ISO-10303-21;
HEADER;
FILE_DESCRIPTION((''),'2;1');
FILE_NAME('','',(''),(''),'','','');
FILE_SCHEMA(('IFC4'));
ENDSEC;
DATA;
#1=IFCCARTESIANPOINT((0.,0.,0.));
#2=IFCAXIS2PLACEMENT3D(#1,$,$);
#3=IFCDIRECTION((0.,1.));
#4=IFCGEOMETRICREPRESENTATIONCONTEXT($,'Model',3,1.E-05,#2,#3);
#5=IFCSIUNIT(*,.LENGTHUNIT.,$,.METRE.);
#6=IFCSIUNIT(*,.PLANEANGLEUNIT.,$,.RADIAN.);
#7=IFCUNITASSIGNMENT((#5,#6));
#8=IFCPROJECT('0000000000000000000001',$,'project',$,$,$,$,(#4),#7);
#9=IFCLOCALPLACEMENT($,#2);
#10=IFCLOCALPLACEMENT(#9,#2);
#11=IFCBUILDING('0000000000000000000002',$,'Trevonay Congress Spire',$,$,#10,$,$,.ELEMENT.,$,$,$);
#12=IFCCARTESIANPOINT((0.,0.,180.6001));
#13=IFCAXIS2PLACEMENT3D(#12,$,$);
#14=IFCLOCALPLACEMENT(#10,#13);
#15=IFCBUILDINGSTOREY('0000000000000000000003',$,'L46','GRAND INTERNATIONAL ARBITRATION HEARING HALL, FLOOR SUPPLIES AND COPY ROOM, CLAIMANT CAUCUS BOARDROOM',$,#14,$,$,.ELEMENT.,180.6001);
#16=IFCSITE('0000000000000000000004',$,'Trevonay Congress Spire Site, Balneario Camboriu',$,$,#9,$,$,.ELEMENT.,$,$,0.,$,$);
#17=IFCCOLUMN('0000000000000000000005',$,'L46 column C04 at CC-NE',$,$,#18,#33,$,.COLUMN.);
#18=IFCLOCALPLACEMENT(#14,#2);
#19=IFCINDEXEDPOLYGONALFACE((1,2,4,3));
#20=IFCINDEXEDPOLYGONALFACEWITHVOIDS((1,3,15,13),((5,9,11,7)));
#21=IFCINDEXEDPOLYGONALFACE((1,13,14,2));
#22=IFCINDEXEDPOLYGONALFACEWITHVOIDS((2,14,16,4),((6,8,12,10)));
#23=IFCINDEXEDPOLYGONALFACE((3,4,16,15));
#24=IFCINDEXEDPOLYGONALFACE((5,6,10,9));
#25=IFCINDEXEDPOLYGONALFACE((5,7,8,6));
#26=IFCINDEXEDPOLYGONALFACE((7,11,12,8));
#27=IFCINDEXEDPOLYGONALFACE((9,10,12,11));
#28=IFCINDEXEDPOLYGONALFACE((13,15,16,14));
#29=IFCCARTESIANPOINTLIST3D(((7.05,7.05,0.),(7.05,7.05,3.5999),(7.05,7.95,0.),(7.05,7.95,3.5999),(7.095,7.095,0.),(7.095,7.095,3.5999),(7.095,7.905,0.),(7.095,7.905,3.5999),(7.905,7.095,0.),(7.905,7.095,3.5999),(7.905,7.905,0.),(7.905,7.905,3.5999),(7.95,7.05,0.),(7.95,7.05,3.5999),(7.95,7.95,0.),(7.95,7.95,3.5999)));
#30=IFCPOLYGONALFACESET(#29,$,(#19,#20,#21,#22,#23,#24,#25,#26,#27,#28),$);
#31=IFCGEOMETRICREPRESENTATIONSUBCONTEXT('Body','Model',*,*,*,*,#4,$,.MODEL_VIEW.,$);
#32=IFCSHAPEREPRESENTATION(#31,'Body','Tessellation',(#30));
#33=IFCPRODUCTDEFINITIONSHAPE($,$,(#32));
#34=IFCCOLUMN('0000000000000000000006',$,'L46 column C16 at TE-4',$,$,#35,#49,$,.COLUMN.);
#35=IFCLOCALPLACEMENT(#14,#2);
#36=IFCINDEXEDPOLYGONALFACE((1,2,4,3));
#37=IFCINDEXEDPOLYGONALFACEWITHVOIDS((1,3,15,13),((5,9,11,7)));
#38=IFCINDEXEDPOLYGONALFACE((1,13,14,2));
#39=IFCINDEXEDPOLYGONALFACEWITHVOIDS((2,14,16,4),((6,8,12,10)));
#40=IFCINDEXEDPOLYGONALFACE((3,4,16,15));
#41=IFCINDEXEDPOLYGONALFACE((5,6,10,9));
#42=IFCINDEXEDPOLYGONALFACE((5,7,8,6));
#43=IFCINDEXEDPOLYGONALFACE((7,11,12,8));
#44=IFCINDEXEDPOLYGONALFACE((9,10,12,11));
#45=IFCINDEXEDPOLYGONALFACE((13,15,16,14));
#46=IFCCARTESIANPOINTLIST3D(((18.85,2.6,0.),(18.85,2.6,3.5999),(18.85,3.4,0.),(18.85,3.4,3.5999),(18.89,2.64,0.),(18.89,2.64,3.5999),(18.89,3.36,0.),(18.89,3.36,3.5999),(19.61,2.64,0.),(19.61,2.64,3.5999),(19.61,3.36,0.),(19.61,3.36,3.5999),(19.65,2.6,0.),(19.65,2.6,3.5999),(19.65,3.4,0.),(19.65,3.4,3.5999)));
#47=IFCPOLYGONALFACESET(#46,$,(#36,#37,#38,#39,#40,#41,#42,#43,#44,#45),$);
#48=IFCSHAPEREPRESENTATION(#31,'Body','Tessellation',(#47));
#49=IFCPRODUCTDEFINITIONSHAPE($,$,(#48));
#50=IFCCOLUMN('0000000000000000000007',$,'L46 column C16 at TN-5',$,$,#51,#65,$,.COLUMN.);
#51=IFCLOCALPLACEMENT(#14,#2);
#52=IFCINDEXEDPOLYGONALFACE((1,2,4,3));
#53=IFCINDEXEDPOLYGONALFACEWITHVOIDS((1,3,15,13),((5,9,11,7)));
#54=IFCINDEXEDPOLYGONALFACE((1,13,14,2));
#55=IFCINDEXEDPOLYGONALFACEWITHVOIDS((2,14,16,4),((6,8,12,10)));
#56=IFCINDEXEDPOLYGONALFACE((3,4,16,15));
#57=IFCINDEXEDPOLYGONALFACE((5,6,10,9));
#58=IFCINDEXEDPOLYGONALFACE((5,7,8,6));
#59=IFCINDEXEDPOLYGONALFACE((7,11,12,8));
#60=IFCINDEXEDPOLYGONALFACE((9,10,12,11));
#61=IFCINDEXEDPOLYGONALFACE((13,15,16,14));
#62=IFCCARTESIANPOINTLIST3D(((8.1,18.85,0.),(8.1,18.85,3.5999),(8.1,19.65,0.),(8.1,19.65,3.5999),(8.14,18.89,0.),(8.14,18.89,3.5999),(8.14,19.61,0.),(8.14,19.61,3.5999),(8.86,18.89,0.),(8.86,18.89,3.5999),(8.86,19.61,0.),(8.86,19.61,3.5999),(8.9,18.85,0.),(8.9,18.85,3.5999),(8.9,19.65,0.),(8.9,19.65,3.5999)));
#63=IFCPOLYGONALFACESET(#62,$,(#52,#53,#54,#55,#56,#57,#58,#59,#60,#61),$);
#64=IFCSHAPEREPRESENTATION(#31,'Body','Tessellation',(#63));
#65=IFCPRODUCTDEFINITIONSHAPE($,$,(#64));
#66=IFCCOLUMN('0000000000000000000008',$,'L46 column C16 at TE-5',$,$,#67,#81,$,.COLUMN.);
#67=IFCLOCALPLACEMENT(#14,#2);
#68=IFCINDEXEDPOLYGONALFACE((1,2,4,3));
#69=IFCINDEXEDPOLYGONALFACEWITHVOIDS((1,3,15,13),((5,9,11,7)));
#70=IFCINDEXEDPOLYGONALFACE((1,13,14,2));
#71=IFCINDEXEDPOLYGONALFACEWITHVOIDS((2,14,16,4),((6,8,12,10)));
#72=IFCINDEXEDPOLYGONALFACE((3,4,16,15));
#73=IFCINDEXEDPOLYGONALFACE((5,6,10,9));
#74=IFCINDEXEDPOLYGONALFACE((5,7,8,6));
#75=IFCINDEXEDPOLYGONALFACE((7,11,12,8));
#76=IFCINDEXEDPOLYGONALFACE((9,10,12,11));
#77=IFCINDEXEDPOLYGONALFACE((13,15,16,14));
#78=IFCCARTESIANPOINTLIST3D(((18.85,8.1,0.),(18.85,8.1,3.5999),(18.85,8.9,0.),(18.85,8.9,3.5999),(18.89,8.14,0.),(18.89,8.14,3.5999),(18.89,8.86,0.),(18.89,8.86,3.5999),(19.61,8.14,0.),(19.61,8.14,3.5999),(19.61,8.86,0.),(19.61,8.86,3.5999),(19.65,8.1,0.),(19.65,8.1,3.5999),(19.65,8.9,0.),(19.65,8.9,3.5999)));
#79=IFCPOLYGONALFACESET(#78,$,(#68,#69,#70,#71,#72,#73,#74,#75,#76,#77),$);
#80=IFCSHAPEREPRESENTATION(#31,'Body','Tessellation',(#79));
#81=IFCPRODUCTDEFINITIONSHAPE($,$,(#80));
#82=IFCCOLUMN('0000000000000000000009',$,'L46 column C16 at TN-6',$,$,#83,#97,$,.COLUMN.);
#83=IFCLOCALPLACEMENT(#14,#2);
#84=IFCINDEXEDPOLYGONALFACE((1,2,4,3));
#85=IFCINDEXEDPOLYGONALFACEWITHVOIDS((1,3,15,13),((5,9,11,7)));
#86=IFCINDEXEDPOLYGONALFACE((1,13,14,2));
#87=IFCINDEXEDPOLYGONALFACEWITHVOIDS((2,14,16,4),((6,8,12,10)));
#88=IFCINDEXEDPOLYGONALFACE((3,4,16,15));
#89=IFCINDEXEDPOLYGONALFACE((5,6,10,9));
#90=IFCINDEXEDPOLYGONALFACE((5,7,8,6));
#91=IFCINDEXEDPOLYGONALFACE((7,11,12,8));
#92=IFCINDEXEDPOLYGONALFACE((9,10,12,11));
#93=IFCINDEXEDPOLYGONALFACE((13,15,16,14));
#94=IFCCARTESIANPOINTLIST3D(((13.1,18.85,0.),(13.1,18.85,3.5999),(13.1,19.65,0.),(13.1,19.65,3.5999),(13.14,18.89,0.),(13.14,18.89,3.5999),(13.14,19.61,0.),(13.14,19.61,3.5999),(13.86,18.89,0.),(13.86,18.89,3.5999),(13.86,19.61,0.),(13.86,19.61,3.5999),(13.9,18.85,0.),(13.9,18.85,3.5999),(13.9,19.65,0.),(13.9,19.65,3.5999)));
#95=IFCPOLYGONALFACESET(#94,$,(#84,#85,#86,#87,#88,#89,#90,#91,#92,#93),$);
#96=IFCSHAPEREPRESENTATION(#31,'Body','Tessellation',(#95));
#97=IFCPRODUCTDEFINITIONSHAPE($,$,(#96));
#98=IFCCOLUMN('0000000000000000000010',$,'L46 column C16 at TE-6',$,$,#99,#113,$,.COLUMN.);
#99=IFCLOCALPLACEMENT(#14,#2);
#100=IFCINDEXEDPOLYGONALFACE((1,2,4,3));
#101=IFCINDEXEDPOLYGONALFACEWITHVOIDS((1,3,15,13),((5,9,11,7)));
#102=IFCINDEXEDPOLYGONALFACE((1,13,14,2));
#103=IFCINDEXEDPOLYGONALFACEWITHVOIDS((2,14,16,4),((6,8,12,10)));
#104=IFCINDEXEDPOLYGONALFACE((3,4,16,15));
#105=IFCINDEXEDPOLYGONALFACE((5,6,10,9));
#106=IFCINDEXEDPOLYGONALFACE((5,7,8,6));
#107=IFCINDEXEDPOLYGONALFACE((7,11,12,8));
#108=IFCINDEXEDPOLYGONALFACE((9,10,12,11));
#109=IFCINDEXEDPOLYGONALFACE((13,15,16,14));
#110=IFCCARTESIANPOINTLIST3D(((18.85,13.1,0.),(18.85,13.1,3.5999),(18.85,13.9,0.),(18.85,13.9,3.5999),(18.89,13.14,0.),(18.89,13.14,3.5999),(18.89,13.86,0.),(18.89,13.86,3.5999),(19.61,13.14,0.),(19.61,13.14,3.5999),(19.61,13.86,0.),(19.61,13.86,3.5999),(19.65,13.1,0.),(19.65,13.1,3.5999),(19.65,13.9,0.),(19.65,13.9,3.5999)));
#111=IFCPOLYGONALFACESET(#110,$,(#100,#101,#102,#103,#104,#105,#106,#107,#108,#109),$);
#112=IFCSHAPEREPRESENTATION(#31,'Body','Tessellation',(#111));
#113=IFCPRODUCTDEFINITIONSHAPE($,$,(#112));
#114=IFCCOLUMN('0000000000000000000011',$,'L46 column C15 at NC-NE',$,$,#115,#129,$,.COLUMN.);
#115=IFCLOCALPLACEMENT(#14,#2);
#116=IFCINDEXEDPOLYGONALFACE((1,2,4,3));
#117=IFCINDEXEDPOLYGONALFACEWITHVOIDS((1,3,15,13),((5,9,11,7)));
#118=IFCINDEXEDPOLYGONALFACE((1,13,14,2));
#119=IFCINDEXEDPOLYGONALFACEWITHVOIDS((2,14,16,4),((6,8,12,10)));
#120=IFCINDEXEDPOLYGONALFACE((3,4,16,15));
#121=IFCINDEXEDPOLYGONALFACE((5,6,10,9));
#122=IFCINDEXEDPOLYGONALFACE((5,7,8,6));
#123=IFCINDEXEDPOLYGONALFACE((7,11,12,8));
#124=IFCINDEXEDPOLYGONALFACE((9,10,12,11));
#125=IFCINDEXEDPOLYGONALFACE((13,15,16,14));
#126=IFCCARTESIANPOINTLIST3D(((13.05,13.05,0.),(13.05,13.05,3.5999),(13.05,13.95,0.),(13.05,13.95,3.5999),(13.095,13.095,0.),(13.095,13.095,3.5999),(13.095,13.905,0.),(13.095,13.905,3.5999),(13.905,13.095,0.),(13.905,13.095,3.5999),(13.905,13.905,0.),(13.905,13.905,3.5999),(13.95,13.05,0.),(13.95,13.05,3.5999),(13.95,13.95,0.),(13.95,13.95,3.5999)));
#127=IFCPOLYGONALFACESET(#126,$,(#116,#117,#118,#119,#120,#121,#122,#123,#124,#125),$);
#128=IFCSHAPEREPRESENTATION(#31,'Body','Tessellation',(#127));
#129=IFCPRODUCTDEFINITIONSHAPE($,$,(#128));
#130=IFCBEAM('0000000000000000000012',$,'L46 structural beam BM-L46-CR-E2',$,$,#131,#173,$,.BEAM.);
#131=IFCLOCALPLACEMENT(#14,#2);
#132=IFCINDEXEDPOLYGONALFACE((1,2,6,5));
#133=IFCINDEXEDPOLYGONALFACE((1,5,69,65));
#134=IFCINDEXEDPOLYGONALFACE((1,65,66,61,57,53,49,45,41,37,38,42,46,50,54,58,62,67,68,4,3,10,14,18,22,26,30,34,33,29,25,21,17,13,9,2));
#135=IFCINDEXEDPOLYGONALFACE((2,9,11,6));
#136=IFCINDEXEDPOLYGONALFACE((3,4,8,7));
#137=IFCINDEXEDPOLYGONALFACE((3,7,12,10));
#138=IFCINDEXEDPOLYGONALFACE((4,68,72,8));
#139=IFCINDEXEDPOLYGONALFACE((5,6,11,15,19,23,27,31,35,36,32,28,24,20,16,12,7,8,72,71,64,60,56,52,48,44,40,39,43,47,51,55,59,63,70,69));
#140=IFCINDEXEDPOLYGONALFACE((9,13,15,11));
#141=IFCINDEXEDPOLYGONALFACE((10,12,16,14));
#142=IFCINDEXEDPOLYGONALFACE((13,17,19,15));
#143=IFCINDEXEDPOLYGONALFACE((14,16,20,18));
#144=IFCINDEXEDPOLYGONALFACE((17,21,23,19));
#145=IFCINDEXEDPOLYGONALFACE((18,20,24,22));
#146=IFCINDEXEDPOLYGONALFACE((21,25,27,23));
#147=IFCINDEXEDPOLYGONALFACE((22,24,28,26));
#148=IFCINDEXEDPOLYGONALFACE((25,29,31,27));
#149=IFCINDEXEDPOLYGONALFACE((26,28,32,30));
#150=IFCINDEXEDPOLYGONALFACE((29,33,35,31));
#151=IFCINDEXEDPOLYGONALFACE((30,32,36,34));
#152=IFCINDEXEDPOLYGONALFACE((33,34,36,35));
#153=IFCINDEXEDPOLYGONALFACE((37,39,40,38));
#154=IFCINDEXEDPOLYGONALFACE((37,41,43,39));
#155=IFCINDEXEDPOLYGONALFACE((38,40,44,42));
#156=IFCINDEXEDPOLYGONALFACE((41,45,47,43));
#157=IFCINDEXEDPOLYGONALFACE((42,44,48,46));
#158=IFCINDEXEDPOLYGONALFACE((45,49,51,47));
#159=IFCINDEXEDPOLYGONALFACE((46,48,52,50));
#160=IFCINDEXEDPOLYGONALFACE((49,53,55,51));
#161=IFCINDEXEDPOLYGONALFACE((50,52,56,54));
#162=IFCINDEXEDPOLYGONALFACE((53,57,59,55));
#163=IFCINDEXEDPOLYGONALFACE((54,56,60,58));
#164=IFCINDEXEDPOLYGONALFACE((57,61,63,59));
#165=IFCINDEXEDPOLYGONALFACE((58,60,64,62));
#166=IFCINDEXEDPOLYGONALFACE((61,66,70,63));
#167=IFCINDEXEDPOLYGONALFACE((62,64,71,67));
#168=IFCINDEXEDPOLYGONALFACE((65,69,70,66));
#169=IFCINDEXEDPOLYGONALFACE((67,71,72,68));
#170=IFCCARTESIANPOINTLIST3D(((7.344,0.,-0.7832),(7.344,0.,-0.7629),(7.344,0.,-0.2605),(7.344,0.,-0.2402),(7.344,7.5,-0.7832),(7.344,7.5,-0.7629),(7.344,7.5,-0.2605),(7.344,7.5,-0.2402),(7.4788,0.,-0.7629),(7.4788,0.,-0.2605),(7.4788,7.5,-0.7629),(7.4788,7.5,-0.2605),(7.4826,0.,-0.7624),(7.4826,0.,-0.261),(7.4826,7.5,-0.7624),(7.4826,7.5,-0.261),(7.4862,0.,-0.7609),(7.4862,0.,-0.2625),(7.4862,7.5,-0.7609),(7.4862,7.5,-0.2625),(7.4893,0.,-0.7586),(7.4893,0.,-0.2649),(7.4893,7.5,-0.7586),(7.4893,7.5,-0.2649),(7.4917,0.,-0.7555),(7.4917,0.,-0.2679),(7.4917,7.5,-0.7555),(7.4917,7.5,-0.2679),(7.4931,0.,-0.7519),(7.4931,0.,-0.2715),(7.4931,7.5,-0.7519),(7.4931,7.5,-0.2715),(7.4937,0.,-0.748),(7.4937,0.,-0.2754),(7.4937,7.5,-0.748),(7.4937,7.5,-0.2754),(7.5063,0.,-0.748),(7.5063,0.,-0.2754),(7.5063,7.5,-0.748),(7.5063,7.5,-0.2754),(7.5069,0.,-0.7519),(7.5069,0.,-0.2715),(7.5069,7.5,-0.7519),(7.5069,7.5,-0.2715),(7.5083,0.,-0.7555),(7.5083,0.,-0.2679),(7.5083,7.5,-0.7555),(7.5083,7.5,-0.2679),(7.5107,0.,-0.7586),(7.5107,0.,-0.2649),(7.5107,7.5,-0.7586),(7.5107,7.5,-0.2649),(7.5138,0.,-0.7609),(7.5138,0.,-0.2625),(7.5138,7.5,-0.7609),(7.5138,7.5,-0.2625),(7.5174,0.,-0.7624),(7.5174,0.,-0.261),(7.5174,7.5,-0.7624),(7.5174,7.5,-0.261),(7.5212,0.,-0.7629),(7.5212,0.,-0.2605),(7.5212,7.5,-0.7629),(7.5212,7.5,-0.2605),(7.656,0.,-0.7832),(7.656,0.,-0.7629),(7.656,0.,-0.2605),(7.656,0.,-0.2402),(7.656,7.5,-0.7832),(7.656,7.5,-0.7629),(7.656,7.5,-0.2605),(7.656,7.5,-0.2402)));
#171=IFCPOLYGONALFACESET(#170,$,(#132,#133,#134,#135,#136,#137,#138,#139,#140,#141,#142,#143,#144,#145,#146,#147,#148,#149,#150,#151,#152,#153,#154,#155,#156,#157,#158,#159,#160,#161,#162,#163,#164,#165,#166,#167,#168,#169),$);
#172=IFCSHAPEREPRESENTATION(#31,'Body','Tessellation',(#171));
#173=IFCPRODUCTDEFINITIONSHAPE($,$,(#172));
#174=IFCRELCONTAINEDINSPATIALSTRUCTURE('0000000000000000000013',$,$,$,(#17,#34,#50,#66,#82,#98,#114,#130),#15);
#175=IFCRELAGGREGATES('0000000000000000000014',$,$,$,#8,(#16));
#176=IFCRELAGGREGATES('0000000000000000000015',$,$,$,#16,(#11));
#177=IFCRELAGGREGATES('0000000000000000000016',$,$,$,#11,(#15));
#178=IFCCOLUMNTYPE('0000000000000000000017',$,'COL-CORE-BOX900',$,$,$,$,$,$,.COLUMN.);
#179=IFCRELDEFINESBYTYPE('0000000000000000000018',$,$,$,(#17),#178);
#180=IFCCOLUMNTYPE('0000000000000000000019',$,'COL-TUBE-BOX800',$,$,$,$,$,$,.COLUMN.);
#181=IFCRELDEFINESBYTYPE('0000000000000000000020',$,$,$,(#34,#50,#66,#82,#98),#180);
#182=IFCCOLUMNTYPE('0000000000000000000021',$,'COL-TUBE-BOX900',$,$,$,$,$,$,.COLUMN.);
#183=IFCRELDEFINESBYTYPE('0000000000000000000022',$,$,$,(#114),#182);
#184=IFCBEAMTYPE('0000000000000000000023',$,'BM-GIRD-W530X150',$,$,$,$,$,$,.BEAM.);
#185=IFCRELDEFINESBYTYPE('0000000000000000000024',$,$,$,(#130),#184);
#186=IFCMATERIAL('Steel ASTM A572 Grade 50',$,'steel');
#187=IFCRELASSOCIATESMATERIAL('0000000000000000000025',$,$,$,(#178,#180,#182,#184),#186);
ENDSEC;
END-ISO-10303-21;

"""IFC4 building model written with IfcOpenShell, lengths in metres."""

from ifc_helpers import new_model, si_unit, direction, frame, origin, origin_2d, place, context, subcontext, project, spatial, hollow_rectangle, i_section, extrude, material, material_profile, profile_set, type_object, element, save


model = new_model("IFC4")

# Units and contexts
model_context = context("Model", 3, precision=1e-05, world=origin(), true_north=direction((0.0, 1.0)))
body_context = subcontext(model_context, "Body", "Model", "MODEL_VIEW")
ifc_project = project(units=[si_unit("LENGTHUNIT", "METRE"), si_unit("PLANEANGLEUNIT", "RADIAN")], contexts=[model_context])

# Site, building, storey
site_placement = place(None, origin())
site = spatial("IfcSite", under=ifc_project, at=site_placement, Name="Trevonay Congress Spire Site, Balneario Camboriu", CompositionType="ELEMENT", RefElevation=0.0)
building_placement = place(site_placement, origin())
building = spatial("IfcBuilding", under=site, at=building_placement, Name="Trevonay Congress Spire", CompositionType="ELEMENT")
storey_placement = place(building_placement, frame((0.0, 0.0, 180.6001)))
storey = spatial("IfcBuildingStorey", under=building, at=storey_placement, Name="L46", Description="GRAND INTERNATIONAL ARBITRATION HEARING HALL, FLOOR SUPPLIES AND COPY ROOM, CLAIMANT CAUCUS BOARDROOM", CompositionType="ELEMENT", Elevation=180.6001)

# Columns
ifc_material_1 = material(Name="Steel ASTM A572 Grade 50", Category="steel")
ifc_material_profile_1 = material_profile(ifc_material_1, hollow_rectangle(XDim=0.8999, YDim=0.8999, WallThickness=0.0449, at=origin_2d()), Name="BOX 900x900x45")
ifc_profile_set_1 = profile_set([ifc_material_profile_1], Name="Steel ASTM A572 Grade 50")
column_type_1 = type_object("IfcColumnType", Name="COL-CORE-BOX900", PredefinedType="COLUMN", material=ifc_profile_set_1)
column_1_placement = place(storey_placement, frame((7.5, 7.5, 0.0), z_axis=(0.0, 0.0, 1.0), x_axis=(1.0, 0.0, 0.0)))
element("IfcColumn", 1, at=column_1_placement, inside=storey, type_object=column_type_1, Name="L46 column C04 at CC-NE", PredefinedType="COLUMN", context=body_context, shape_type="SweptSolid", body=[
    extrude(hollow_rectangle(XDim=0.8999, YDim=0.8999, WallThickness=0.0449, at=origin_2d()), origin(), (0.0, 0.0, 1.0), 3.5999),
])
ifc_material_profile_2 = material_profile(ifc_material_1, hollow_rectangle(XDim=0.8, YDim=0.8, WallThickness=0.04, at=origin_2d()), Name="BOX 800x800x40")
ifc_profile_set_2 = profile_set([ifc_material_profile_2], Name="Steel ASTM A572 Grade 50")
column_type_2 = type_object("IfcColumnType", Name="COL-TUBE-BOX800", PredefinedType="COLUMN", material=ifc_profile_set_2)
for number, where, z_axis, x_axis, name in (
    (2, (19.25, 3.0, 0.0), (0.0, 0.0, 1.0), (1.0, 0.0, 0.0), "L46 column C16 at TE-4"),
    (3, (8.5, 19.25, 0.0), (0.0, 0.0, 1.0), (1.0, 0.0, 0.0), "L46 column C16 at TN-5"),
    (4, (19.25, 8.5, 0.0), (0.0, 0.0, 1.0), (1.0, 0.0, 0.0), "L46 column C16 at TE-5"),
    (5, (13.5, 19.25, 0.0), (0.0, 0.0, 1.0), (1.0, 0.0, 0.0), "L46 column C16 at TN-6"),
    (6, (19.25, 13.5, 0.0), (0.0, 0.0, 1.0), (1.0, 0.0, 0.0), "L46 column C16 at TE-6"),
):
    element("IfcColumn", number, at=place(storey_placement, frame(where, z_axis=z_axis, x_axis=x_axis)), inside=storey, type_object=column_type_2, Name=name, PredefinedType="COLUMN", context=body_context, shape_type="SweptSolid", body=[
        extrude(hollow_rectangle(XDim=0.8, YDim=0.8, WallThickness=0.04, at=origin_2d()), origin(), (0.0, 0.0, 1.0), 3.5999),
    ])
ifc_material_profile_3 = material_profile(ifc_material_1, hollow_rectangle(XDim=0.8999, YDim=0.8999, WallThickness=0.0449, at=origin_2d()), Name="BOX 900x900x45")
ifc_profile_set_3 = profile_set([ifc_material_profile_3], Name="Steel ASTM A572 Grade 50")
column_type_3 = type_object("IfcColumnType", Name="COL-TUBE-BOX900", PredefinedType="COLUMN", material=ifc_profile_set_3)
column_2_placement = place(storey_placement, frame((13.5, 13.5, 0.0), z_axis=(0.0, 0.0, 1.0), x_axis=(1.0, 0.0, 0.0)))
element("IfcColumn", 7, at=column_2_placement, inside=storey, type_object=column_type_3, Name="L46 column C15 at NC-NE", PredefinedType="COLUMN", context=body_context, shape_type="SweptSolid", body=[
    extrude(hollow_rectangle(XDim=0.8999, YDim=0.8999, WallThickness=0.0449, at=origin_2d()), origin(), (0.0, 0.0, 1.0), 3.5999),
])

# Beam
ifc_material_profile_4 = material_profile(ifc_material_1, i_section(OverallWidth=0.312, OverallDepth=0.543, WebThickness=0.0127, FlangeThickness=0.0203, FilletRadius=0.0149, at=origin_2d()), Name="W530x150")
ifc_profile_set_4 = profile_set([ifc_material_profile_4], Name="Steel ASTM A572 Grade 50")
beam_type_1 = type_object("IfcBeamType", Name="BM-GIRD-W530X150", PredefinedType="BEAM", material=ifc_profile_set_4)
beam_1_placement = place(storey_placement, frame((7.5, 0.0, -0.5117), z_axis=(0.0, 1.0, 0.0), x_axis=(-1.0, 0.0, 0.0)))
element("IfcBeam", 8, at=beam_1_placement, inside=storey, type_object=beam_type_1, Name="L46 structural beam BM-L46-CR-E2", PredefinedType="BEAM", context=body_context, shape_type="SweptSolid", body=[
    extrude(i_section(OverallWidth=0.312, OverallDepth=0.543, WebThickness=0.0127, FlangeThickness=0.0203, FilletRadius=0.0149, at=origin_2d()), origin(), (0.0, 0.0, 1.0), 7.5),
])

save(model, "model.ifc")
